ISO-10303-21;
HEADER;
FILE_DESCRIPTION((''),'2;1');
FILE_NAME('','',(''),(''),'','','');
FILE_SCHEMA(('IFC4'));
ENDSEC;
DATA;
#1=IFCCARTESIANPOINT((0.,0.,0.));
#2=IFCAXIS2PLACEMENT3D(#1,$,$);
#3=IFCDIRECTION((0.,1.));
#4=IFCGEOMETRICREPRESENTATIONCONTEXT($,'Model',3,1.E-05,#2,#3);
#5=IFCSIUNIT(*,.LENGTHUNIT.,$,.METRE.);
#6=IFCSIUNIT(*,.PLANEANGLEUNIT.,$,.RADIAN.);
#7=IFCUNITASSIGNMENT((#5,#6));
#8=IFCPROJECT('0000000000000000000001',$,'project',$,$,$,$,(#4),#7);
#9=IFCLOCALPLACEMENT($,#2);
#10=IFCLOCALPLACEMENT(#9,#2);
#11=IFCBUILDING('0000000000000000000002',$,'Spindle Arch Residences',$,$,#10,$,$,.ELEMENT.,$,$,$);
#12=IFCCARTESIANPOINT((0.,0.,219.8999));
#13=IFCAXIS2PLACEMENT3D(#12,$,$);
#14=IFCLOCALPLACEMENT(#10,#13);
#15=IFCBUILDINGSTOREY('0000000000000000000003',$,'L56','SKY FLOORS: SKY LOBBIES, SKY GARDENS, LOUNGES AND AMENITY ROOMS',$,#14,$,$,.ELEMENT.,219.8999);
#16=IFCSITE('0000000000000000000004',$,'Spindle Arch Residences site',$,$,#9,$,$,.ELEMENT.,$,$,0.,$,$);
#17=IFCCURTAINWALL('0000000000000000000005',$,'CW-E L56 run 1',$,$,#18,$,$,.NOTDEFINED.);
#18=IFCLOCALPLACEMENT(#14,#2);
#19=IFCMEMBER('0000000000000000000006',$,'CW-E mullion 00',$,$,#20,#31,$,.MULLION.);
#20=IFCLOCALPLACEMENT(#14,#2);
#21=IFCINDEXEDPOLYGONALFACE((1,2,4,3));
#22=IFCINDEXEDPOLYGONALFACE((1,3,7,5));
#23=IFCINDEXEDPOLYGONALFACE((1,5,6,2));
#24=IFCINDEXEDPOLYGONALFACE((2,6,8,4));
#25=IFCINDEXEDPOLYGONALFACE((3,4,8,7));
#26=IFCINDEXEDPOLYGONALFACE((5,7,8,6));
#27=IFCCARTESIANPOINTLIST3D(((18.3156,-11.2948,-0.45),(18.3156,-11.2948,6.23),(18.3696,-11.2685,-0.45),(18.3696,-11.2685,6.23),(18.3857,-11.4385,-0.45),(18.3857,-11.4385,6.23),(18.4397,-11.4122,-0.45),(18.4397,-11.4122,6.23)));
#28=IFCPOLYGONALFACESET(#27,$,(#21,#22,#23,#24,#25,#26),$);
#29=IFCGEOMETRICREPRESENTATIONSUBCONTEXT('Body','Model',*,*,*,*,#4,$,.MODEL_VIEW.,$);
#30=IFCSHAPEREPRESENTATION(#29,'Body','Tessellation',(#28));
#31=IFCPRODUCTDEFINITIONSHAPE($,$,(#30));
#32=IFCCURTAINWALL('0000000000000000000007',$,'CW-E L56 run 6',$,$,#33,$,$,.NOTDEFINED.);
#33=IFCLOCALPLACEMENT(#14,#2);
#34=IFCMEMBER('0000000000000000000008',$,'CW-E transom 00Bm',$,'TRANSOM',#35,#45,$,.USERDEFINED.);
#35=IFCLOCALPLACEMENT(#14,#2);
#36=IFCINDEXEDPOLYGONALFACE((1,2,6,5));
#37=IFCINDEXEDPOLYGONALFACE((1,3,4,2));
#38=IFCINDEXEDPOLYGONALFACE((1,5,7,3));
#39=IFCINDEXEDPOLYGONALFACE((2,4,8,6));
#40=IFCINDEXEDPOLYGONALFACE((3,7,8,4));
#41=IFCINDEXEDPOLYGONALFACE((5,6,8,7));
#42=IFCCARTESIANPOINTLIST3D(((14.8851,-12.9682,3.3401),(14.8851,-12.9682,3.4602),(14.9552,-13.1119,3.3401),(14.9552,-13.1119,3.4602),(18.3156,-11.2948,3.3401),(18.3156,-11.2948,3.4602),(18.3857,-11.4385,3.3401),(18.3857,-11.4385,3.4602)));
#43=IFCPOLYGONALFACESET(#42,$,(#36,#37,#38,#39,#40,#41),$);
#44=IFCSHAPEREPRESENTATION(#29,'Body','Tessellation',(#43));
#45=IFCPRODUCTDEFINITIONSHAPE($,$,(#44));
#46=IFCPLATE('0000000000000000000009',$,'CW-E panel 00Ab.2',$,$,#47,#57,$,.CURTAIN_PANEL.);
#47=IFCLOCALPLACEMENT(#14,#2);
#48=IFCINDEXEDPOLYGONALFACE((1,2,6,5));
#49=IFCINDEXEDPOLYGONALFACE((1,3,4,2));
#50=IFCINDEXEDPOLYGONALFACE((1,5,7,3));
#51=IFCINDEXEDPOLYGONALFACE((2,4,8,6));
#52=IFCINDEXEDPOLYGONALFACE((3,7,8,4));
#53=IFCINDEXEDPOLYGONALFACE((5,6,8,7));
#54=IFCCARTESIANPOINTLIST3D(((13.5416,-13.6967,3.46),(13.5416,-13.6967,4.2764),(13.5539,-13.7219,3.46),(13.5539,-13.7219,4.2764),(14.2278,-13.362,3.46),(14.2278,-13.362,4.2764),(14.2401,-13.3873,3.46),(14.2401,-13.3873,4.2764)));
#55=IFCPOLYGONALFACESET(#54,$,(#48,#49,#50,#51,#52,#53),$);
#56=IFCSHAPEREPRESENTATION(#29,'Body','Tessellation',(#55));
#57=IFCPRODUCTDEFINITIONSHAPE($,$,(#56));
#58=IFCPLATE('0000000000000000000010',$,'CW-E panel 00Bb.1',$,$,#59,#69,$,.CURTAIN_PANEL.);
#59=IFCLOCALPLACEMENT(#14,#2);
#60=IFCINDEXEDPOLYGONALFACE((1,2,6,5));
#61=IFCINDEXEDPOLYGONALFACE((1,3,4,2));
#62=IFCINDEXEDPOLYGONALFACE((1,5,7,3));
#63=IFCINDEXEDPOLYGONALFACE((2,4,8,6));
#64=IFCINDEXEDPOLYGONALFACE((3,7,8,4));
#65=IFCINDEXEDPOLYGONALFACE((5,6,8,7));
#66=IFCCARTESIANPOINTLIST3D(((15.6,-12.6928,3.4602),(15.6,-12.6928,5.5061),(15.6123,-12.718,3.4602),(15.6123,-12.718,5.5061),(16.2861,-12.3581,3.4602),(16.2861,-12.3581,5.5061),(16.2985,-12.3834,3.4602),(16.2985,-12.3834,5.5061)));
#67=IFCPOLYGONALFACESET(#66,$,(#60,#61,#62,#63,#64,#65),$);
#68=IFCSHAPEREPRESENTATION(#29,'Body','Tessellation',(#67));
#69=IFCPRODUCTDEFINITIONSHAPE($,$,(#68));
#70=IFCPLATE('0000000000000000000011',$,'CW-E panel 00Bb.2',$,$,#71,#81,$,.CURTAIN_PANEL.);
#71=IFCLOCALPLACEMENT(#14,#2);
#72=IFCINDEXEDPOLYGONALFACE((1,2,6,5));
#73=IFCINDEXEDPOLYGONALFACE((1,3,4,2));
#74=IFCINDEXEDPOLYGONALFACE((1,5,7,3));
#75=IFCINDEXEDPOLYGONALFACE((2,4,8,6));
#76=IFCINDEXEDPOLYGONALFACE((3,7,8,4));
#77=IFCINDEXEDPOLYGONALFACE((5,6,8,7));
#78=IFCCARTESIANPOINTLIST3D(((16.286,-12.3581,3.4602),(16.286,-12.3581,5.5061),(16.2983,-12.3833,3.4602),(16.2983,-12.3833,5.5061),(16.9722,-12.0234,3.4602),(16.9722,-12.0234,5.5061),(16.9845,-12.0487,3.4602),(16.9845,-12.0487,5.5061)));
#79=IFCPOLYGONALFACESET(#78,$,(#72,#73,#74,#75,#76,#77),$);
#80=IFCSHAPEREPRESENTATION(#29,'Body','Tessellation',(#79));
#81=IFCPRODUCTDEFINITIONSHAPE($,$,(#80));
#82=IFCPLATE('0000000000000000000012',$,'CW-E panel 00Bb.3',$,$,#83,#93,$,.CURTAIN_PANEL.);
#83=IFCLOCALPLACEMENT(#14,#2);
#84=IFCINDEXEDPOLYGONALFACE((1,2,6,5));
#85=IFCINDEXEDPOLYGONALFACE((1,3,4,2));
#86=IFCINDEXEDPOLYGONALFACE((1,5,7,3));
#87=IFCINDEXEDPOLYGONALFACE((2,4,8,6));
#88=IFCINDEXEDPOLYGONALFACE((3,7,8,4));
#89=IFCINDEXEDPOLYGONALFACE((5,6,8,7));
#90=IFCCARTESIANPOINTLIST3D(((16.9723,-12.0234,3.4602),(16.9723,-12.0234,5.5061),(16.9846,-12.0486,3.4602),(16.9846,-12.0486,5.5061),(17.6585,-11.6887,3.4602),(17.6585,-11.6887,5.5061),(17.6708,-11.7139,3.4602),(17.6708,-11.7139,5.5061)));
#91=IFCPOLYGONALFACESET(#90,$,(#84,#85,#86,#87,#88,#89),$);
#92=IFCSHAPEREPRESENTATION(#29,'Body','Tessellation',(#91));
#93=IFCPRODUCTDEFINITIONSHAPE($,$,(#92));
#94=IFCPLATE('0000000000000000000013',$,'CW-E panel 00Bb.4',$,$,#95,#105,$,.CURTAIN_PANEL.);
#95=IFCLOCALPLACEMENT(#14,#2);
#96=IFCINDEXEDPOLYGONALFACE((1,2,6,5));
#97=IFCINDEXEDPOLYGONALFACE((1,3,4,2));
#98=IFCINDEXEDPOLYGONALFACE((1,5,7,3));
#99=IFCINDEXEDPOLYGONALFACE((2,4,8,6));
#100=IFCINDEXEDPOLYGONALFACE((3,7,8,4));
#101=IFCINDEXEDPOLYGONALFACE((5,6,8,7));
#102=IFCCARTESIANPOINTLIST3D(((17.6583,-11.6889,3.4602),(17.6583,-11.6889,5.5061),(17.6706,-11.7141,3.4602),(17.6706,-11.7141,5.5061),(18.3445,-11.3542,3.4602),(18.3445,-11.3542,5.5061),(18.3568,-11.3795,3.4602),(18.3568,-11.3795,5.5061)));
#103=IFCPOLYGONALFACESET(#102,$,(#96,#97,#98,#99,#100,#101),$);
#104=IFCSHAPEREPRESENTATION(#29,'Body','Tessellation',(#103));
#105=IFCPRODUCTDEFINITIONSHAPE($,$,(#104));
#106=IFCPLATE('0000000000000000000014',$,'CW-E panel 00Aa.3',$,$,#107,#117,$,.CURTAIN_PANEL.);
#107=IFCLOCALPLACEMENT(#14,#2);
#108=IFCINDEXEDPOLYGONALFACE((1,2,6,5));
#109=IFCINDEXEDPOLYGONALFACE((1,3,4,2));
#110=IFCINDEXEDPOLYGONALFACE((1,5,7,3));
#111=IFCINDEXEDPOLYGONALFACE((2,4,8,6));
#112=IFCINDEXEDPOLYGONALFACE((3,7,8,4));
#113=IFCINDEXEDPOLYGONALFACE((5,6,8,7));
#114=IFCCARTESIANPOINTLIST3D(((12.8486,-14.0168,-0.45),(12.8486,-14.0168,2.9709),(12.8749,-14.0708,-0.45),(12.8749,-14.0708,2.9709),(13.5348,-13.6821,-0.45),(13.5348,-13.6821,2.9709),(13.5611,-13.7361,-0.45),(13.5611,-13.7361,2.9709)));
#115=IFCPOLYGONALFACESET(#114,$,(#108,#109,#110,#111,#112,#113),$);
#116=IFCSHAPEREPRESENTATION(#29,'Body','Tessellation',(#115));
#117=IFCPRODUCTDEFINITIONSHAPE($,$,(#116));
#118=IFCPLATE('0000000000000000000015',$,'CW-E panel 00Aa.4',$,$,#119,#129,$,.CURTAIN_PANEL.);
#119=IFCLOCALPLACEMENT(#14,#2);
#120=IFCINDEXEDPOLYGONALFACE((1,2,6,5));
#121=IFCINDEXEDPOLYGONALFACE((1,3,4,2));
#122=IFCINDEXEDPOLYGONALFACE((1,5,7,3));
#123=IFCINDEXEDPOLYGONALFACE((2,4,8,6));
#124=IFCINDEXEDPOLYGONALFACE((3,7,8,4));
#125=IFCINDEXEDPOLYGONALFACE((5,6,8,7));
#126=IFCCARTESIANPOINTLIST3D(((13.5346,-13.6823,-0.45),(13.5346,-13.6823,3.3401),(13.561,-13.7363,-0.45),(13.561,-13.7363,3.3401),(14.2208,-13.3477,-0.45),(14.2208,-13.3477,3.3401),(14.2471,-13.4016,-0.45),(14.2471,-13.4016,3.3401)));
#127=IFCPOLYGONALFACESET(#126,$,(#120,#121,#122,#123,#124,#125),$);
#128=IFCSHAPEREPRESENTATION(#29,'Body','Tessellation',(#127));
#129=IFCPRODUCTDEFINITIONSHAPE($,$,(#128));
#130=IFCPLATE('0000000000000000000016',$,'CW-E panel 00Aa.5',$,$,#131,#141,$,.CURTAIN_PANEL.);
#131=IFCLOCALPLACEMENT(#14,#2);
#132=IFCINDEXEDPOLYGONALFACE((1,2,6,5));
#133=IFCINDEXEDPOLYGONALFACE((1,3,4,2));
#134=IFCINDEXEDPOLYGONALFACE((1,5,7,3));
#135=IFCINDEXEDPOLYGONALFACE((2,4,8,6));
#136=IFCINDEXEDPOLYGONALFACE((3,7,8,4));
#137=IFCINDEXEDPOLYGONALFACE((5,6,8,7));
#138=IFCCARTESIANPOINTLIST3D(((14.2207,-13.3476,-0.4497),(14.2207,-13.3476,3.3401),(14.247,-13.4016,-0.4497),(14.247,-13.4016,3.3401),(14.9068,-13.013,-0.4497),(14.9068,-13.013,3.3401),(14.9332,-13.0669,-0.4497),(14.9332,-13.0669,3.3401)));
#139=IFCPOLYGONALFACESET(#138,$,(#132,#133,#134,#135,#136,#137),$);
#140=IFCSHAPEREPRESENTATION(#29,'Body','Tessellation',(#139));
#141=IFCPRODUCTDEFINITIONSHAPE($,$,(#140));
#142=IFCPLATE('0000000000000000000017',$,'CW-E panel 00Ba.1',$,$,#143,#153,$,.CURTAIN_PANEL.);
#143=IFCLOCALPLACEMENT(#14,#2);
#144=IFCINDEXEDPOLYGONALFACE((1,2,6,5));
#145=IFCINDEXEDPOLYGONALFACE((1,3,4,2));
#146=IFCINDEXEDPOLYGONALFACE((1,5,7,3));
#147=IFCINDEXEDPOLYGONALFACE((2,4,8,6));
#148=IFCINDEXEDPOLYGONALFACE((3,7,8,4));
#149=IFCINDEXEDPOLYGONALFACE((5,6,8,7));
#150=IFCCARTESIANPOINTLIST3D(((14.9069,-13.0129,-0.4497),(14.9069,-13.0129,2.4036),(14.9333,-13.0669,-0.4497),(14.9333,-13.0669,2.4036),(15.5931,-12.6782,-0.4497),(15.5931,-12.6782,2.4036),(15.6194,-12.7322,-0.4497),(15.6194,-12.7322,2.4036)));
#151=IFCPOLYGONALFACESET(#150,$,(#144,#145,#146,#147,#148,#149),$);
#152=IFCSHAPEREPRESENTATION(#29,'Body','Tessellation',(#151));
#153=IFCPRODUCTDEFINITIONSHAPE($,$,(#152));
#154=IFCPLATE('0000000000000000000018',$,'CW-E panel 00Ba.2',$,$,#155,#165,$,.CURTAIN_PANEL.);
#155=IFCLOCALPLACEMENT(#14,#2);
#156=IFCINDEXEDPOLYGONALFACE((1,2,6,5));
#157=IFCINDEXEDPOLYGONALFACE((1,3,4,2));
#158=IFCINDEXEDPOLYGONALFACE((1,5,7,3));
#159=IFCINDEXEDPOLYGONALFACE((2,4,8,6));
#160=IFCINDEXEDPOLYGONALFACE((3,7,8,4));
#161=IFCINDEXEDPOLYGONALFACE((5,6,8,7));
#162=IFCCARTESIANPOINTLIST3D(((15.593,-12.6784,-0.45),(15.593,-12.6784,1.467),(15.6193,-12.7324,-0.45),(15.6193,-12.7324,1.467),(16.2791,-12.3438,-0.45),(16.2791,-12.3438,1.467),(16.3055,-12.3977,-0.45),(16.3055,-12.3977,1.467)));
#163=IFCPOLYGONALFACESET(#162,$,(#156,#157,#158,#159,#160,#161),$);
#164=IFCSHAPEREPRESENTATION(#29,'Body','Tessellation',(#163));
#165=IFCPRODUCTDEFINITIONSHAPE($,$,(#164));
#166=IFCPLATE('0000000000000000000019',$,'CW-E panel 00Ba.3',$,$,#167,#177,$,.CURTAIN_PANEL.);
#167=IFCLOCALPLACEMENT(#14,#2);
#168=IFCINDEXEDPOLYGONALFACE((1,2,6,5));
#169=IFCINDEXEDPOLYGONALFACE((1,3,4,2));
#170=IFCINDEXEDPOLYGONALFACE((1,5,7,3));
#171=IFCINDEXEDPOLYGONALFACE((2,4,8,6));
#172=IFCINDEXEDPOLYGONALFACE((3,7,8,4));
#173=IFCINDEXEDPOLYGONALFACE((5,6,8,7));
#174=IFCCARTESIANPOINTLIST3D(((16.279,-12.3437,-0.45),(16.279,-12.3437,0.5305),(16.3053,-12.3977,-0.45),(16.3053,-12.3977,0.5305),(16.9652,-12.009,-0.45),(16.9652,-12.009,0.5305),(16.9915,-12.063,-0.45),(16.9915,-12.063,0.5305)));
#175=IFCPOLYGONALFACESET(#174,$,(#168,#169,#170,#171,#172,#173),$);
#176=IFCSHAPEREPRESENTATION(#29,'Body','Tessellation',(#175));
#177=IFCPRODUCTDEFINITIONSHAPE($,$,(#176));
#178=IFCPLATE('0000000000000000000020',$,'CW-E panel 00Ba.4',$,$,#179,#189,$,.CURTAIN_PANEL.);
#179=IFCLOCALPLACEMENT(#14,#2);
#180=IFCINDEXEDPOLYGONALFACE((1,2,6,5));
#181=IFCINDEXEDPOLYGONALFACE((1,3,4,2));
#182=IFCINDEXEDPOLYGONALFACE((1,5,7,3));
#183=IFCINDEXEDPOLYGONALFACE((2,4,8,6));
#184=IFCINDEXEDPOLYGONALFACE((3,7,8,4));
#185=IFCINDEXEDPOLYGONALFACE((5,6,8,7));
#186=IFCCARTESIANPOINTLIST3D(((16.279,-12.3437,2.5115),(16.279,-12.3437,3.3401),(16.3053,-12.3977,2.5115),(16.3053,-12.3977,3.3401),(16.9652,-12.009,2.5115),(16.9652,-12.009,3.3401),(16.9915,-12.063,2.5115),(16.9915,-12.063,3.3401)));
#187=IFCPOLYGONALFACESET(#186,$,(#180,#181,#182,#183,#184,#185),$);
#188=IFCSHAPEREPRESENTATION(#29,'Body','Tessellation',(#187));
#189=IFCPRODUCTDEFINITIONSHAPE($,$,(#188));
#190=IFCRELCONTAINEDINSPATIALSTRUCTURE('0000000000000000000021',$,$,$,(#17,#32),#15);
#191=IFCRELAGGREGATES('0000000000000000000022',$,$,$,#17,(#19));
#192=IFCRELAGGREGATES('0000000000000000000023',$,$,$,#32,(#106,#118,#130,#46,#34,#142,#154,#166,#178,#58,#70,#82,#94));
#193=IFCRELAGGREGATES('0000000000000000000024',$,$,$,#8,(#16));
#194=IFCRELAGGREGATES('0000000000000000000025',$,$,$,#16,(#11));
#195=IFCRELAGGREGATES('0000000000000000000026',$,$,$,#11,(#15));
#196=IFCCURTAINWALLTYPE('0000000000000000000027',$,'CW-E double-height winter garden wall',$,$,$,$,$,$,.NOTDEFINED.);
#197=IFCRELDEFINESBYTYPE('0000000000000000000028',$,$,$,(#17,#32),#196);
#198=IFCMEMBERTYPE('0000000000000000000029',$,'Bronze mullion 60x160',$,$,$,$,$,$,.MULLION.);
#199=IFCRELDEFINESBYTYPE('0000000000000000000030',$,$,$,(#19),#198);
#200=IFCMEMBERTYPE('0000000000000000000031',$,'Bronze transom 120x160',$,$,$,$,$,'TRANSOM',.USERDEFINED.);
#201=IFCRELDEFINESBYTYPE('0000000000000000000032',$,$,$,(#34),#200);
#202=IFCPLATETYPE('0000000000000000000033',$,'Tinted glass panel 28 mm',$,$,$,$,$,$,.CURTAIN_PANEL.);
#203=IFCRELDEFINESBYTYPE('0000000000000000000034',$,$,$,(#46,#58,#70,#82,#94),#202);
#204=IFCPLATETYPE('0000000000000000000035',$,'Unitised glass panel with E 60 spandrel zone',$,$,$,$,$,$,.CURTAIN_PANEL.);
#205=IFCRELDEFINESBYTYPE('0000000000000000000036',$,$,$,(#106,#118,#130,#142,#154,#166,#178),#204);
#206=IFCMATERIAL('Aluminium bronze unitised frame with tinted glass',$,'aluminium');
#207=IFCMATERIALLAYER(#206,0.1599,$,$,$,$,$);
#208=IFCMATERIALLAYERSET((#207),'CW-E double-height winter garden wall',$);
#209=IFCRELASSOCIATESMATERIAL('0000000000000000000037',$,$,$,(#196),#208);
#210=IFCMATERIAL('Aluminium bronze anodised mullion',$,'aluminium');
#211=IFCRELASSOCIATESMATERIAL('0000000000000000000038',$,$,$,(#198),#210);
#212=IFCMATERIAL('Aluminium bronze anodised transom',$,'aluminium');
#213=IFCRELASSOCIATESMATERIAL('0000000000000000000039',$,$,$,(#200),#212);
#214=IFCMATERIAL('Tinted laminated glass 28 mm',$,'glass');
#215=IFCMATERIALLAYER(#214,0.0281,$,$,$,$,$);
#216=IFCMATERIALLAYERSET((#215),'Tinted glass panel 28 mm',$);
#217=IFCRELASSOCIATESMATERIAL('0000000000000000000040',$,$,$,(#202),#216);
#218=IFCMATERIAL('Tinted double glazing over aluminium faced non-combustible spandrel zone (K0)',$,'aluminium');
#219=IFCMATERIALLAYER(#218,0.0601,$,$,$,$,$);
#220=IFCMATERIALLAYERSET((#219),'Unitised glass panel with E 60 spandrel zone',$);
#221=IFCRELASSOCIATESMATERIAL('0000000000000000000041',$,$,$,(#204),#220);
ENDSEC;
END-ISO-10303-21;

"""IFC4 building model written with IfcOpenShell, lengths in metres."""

from ifc_helpers import new_model, si_unit, direction, frame, origin, origin_2d, place, context, subcontext, project, spatial, rectangle, extrude, material, layer, layer_set, material_profile, profile_set, type_object, element, aggregate, save


model = new_model("IFC4")

# Units and contexts
model_context = context("Model", 3, precision=1e-05, world=origin(), true_north=direction((0.0, 1.0)))
body_context = subcontext(model_context, "Body", "Model", "MODEL_VIEW")
ifc_project = project(units=[si_unit("LENGTHUNIT", "METRE"), si_unit("PLANEANGLEUNIT", "RADIAN")], contexts=[model_context])

# Site, building, storey
site_placement = place(None, origin())
site = spatial("IfcSite", under=ifc_project, at=site_placement, Name="Spindle Arch Residences site", CompositionType="ELEMENT", RefElevation=0.0)
building_placement = place(site_placement, origin())
building = spatial("IfcBuilding", under=site, at=building_placement, Name="Spindle Arch Residences", CompositionType="ELEMENT")
storey_placement = place(building_placement, frame((0.0, 0.0, 219.8999)))
storey = spatial("IfcBuildingStorey", under=building, at=storey_placement, Name="L56", Description="SKY FLOORS: SKY LOBBIES, SKY GARDENS, LOUNGES AND AMENITY ROOMS", CompositionType="ELEMENT", Elevation=219.8999)

# Curtain wall, member
ifc_material_1 = material(Name="Aluminium bronze unitised frame with tinted glass", Category="aluminium")
ifc_layer_1 = layer(ifc_material_1, 0.1599)
ifc_layer_set_1 = layer_set([ifc_layer_1], Name="CW-E double-height winter garden wall")
curtain_wall_type = type_object("IfcCurtainWallType", Name="CW-E double-height winter garden wall", PredefinedType="NOTDEFINED", material=ifc_layer_set_1)
curtain_wall_1_placement = place(storey_placement, origin())
curtain_wall_1 = element("IfcCurtainWall", 1, at=curtain_wall_1_placement, inside=storey, type_object=curtain_wall_type, Name="CW-E L56 run 1", PredefinedType="NOTDEFINED")
ifc_material_2 = material(Name="Aluminium bronze anodised mullion", Category="aluminium")
ifc_material_profile_1 = material_profile(ifc_material_2, rectangle(XDim=0.1599, YDim=0.0601, at=origin_2d()), Name="MU 60x160")
ifc_profile_set_1 = profile_set([ifc_material_profile_1], Name="Aluminium bronze anodised mullion")
member_type_1 = type_object("IfcMemberType", Name="Bronze mullion 60x160", PredefinedType="MULLION", material=ifc_profile_set_1)
member_1_placement = place(storey_placement, frame((18.3777, -11.3535, -0.45), z_axis=(0.0, 0.0, 1.0), x_axis=(-0.438371, 0.898794, 0.0)))
member_1 = element("IfcMember", 2, at=member_1_placement, type_object=member_type_1, Name="CW-E mullion 00", PredefinedType="MULLION", context=body_context, shape_type="SweptSolid", body=[
    extrude(rectangle(XDim=0.1599, YDim=0.0601, at=origin_2d()), origin(), (0.0, 0.0, 1.0), 6.6799),
])
aggregate(curtain_wall_1, [member_1])

# Curtain wall, member, plates
curtain_wall_2_placement = place(storey_placement, origin())
curtain_wall_2 = element("IfcCurtainWall", 3, at=curtain_wall_2_placement, inside=storey, type_object=curtain_wall_type, Name="CW-E L56 run 6", PredefinedType="NOTDEFINED")
ifc_material_3 = material(Name="Aluminium bronze anodised transom", Category="aluminium")
ifc_material_profile_2 = material_profile(ifc_material_3, rectangle(XDim=0.1599, YDim=0.1201, at=origin_2d()), Name="TR 120x160")
ifc_profile_set_2 = profile_set([ifc_material_profile_2], Name="Aluminium bronze anodised transom")
member_type_2 = type_object("IfcMemberType", Name="Bronze transom 120x160", ElementType="TRANSOM", PredefinedType="USERDEFINED", material=ifc_profile_set_2)
member_2_placement = place(storey_placement, frame((14.9202, -13.04, 3.4001), z_axis=(0.898772, 0.438416, 0.0), x_axis=(-0.438416, 0.898772, 0.0)))
member_2 = element("IfcMember", 4, at=member_2_placement, type_object=member_type_2, Name="CW-E transom 00Bm", ObjectType="TRANSOM", PredefinedType="USERDEFINED", context=body_context, shape_type="SweptSolid", body=[
    extrude(rectangle(XDim=0.1599, YDim=0.1201, at=origin_2d()), origin(), (0.0, 0.0, 1.0), 3.8169),
])
ifc_material_4 = material(Name="Tinted laminated glass 28 mm", Category="glass")
ifc_layer_2 = layer(ifc_material_4, 0.0281)
ifc_layer_set_2 = layer_set([ifc_layer_2], Name="Tinted glass panel 28 mm")
plate_type_1 = type_object("IfcPlateType", Name="Tinted glass panel 28 mm", PredefinedType="CURTAIN_PANEL", material=ifc_layer_set_2)
plate_1_placement = place(storey_placement, frame((13.8909, -13.542, 3.46), z_axis=(0.0, 0.0, 1.0), x_axis=(0.898794, 0.438371, 0.0)))
plate_1 = element("IfcPlate", 5, at=plate_1_placement, type_object=plate_type_1, Name="CW-E panel 00Ab.2", PredefinedType="CURTAIN_PANEL", context=body_context, shape_type="SweptSolid", body=[
    extrude(rectangle(XDim=0.7634, YDim=0.0281, at=origin_2d()), origin(), (0.0, 0.0, 1.0), 0.8164),
])
plate_2_placement = place(storey_placement, frame((15.9492, -12.5381, 3.4602), z_axis=(0.0, 0.0, 1.0), x_axis=(0.898794, 0.438371, 0.0)))
plate_2 = element("IfcPlate", 6, at=plate_2_placement, type_object=plate_type_1, Name="CW-E panel 00Bb.1", PredefinedType="CURTAIN_PANEL", context=body_context, shape_type="SweptSolid", body=[
    extrude(rectangle(XDim=0.7634, YDim=0.0281, at=origin_2d()), origin(), (0.0, 0.0, 1.0), 2.0459),
])
plate_3_placement = place(storey_placement, frame((16.6353, -12.2034, 3.4602), z_axis=(0.0, 0.0, 1.0), x_axis=(0.898794, 0.438371, 0.0)))
plate_3 = element("IfcPlate", 7, at=plate_3_placement, type_object=plate_type_1, Name="CW-E panel 00Bb.2", PredefinedType="CURTAIN_PANEL", context=body_context, shape_type="SweptSolid", body=[
    extrude(rectangle(XDim=0.7634, YDim=0.0281, at=origin_2d()), origin(), (0.0, 0.0, 1.0), 2.0459),
])
plate_4_placement = place(storey_placement, frame((17.3215, -11.8687, 3.4602), z_axis=(0.0, 0.0, 1.0), x_axis=(0.898794, 0.438371, 0.0)))
plate_4 = element("IfcPlate", 8, at=plate_4_placement, type_object=plate_type_1, Name="CW-E panel 00Bb.3", PredefinedType="CURTAIN_PANEL", context=body_context, shape_type="SweptSolid", body=[
    extrude(rectangle(XDim=0.7634, YDim=0.0281, at=origin_2d()), origin(), (0.0, 0.0, 1.0), 2.0459),
])
plate_5_placement = place(storey_placement, frame((18.0076, -11.5342, 3.4602), z_axis=(0.0, 0.0, 1.0), x_axis=(0.898794, 0.438371, 0.0)))
plate_5 = element("IfcPlate", 9, at=plate_5_placement, type_object=plate_type_1, Name="CW-E panel 00Bb.4", PredefinedType="CURTAIN_PANEL", context=body_context, shape_type="SweptSolid", body=[
    extrude(rectangle(XDim=0.7634, YDim=0.0281, at=origin_2d()), origin(), (0.0, 0.0, 1.0), 2.0459),
])
ifc_material_5 = material(Name="Tinted double glazing over aluminium faced non-combustible spandrel zone (K0)", Category="aluminium")
ifc_layer_3 = layer(ifc_material_5, 0.0601)
ifc_layer_set_3 = layer_set([ifc_layer_3], Name="Unitised glass panel with E 60 spandrel zone")
plate_type_2 = type_object("IfcPlateType", Name="Unitised glass panel with E 60 spandrel zone", PredefinedType="CURTAIN_PANEL", material=ifc_layer_set_3)
plate_6_placement = place(storey_placement, frame((13.2048, -13.8765, -0.45), z_axis=(0.0, 0.0, 1.0), x_axis=(0.898794, 0.438371, 0.0)))
plate_6 = element("IfcPlate", 10, at=plate_6_placement, type_object=plate_type_2, Name="CW-E panel 00Aa.3", PredefinedType="CURTAIN_PANEL", context=body_context, shape_type="SweptSolid", body=[
    extrude(rectangle(XDim=0.7634, YDim=0.0601, at=origin_2d()), origin(), (0.0, 0.0, 1.0), 3.4209),
])
plate_7_placement = place(storey_placement, frame((13.8909, -13.542, -0.45), z_axis=(0.0, 0.0, 1.0), x_axis=(0.898794, 0.438371, 0.0)))
plate_7 = element("IfcPlate", 11, at=plate_7_placement, type_object=plate_type_2, Name="CW-E panel 00Aa.4", PredefinedType="CURTAIN_PANEL", context=body_context, shape_type="SweptSolid", body=[
    extrude(rectangle(XDim=0.7634, YDim=0.0601, at=origin_2d()), origin(), (0.0, 0.0, 1.0), 3.79),
])
plate_8_placement = place(storey_placement, frame((14.5769, -13.2073, -0.4497), z_axis=(0.0, 0.0, 1.0), x_axis=(0.898794, 0.438371, 0.0)))
plate_8 = element("IfcPlate", 12, at=plate_8_placement, type_object=plate_type_2, Name="CW-E panel 00Aa.5", PredefinedType="CURTAIN_PANEL", context=body_context, shape_type="SweptSolid", body=[
    extrude(rectangle(XDim=0.7634, YDim=0.0601, at=origin_2d()), origin(), (0.0, 0.0, 1.0), 3.7898),
])
plate_9_placement = place(storey_placement, frame((15.2632, -12.8726, -0.4497), z_axis=(0.0, 0.0, 1.0), x_axis=(0.898794, 0.438371, 0.0)))
plate_9 = element("IfcPlate", 13, at=plate_9_placement, type_object=plate_type_2, Name="CW-E panel 00Ba.1", PredefinedType="CURTAIN_PANEL", context=body_context, shape_type="SweptSolid", body=[
    extrude(rectangle(XDim=0.7634, YDim=0.0601, at=origin_2d()), origin(), (0.0, 0.0, 1.0), 2.8533),
])
plate_10_placement = place(storey_placement, frame((15.9492, -12.5381, -0.45), z_axis=(0.0, 0.0, 1.0), x_axis=(0.898794, 0.438371, 0.0)))
plate_10 = element("IfcPlate", 14, at=plate_10_placement, type_object=plate_type_2, Name="CW-E panel 00Ba.2", PredefinedType="CURTAIN_PANEL", context=body_context, shape_type="SweptSolid", body=[
    extrude(rectangle(XDim=0.7634, YDim=0.0601, at=origin_2d()), origin(), (0.0, 0.0, 1.0), 1.917),
])
plate_11_placement = place(storey_placement, frame((16.6353, -12.2034, -0.45), z_axis=(0.0, 0.0, 1.0), x_axis=(0.898794, 0.438371, 0.0)))
plate_11 = element("IfcPlate", 15, at=plate_11_placement, type_object=plate_type_2, Name="CW-E panel 00Ba.3", PredefinedType="CURTAIN_PANEL", context=body_context, shape_type="SweptSolid", body=[
    extrude(rectangle(XDim=0.7634, YDim=0.0601, at=origin_2d()), origin(), (0.0, 0.0, 1.0), 0.9805),
])
plate_12_placement = place(storey_placement, frame((16.6353, -12.2034, 2.5115), z_axis=(0.0, 0.0, 1.0), x_axis=(0.898794, 0.438371, 0.0)))
plate_12 = element("IfcPlate", 16, at=plate_12_placement, type_object=plate_type_2, Name="CW-E panel 00Ba.4", PredefinedType="CURTAIN_PANEL", context=body_context, shape_type="SweptSolid", body=[
    extrude(rectangle(XDim=0.7634, YDim=0.0601, at=origin_2d()), origin(), (0.0, 0.0, 1.0), 0.8286),
])
aggregate(curtain_wall_2, [plate_6, plate_7, plate_8, plate_1, member_2, plate_9, plate_10, plate_11, plate_12, plate_2, plate_3, plate_4, plate_5])

save(model, "model.ifc")
